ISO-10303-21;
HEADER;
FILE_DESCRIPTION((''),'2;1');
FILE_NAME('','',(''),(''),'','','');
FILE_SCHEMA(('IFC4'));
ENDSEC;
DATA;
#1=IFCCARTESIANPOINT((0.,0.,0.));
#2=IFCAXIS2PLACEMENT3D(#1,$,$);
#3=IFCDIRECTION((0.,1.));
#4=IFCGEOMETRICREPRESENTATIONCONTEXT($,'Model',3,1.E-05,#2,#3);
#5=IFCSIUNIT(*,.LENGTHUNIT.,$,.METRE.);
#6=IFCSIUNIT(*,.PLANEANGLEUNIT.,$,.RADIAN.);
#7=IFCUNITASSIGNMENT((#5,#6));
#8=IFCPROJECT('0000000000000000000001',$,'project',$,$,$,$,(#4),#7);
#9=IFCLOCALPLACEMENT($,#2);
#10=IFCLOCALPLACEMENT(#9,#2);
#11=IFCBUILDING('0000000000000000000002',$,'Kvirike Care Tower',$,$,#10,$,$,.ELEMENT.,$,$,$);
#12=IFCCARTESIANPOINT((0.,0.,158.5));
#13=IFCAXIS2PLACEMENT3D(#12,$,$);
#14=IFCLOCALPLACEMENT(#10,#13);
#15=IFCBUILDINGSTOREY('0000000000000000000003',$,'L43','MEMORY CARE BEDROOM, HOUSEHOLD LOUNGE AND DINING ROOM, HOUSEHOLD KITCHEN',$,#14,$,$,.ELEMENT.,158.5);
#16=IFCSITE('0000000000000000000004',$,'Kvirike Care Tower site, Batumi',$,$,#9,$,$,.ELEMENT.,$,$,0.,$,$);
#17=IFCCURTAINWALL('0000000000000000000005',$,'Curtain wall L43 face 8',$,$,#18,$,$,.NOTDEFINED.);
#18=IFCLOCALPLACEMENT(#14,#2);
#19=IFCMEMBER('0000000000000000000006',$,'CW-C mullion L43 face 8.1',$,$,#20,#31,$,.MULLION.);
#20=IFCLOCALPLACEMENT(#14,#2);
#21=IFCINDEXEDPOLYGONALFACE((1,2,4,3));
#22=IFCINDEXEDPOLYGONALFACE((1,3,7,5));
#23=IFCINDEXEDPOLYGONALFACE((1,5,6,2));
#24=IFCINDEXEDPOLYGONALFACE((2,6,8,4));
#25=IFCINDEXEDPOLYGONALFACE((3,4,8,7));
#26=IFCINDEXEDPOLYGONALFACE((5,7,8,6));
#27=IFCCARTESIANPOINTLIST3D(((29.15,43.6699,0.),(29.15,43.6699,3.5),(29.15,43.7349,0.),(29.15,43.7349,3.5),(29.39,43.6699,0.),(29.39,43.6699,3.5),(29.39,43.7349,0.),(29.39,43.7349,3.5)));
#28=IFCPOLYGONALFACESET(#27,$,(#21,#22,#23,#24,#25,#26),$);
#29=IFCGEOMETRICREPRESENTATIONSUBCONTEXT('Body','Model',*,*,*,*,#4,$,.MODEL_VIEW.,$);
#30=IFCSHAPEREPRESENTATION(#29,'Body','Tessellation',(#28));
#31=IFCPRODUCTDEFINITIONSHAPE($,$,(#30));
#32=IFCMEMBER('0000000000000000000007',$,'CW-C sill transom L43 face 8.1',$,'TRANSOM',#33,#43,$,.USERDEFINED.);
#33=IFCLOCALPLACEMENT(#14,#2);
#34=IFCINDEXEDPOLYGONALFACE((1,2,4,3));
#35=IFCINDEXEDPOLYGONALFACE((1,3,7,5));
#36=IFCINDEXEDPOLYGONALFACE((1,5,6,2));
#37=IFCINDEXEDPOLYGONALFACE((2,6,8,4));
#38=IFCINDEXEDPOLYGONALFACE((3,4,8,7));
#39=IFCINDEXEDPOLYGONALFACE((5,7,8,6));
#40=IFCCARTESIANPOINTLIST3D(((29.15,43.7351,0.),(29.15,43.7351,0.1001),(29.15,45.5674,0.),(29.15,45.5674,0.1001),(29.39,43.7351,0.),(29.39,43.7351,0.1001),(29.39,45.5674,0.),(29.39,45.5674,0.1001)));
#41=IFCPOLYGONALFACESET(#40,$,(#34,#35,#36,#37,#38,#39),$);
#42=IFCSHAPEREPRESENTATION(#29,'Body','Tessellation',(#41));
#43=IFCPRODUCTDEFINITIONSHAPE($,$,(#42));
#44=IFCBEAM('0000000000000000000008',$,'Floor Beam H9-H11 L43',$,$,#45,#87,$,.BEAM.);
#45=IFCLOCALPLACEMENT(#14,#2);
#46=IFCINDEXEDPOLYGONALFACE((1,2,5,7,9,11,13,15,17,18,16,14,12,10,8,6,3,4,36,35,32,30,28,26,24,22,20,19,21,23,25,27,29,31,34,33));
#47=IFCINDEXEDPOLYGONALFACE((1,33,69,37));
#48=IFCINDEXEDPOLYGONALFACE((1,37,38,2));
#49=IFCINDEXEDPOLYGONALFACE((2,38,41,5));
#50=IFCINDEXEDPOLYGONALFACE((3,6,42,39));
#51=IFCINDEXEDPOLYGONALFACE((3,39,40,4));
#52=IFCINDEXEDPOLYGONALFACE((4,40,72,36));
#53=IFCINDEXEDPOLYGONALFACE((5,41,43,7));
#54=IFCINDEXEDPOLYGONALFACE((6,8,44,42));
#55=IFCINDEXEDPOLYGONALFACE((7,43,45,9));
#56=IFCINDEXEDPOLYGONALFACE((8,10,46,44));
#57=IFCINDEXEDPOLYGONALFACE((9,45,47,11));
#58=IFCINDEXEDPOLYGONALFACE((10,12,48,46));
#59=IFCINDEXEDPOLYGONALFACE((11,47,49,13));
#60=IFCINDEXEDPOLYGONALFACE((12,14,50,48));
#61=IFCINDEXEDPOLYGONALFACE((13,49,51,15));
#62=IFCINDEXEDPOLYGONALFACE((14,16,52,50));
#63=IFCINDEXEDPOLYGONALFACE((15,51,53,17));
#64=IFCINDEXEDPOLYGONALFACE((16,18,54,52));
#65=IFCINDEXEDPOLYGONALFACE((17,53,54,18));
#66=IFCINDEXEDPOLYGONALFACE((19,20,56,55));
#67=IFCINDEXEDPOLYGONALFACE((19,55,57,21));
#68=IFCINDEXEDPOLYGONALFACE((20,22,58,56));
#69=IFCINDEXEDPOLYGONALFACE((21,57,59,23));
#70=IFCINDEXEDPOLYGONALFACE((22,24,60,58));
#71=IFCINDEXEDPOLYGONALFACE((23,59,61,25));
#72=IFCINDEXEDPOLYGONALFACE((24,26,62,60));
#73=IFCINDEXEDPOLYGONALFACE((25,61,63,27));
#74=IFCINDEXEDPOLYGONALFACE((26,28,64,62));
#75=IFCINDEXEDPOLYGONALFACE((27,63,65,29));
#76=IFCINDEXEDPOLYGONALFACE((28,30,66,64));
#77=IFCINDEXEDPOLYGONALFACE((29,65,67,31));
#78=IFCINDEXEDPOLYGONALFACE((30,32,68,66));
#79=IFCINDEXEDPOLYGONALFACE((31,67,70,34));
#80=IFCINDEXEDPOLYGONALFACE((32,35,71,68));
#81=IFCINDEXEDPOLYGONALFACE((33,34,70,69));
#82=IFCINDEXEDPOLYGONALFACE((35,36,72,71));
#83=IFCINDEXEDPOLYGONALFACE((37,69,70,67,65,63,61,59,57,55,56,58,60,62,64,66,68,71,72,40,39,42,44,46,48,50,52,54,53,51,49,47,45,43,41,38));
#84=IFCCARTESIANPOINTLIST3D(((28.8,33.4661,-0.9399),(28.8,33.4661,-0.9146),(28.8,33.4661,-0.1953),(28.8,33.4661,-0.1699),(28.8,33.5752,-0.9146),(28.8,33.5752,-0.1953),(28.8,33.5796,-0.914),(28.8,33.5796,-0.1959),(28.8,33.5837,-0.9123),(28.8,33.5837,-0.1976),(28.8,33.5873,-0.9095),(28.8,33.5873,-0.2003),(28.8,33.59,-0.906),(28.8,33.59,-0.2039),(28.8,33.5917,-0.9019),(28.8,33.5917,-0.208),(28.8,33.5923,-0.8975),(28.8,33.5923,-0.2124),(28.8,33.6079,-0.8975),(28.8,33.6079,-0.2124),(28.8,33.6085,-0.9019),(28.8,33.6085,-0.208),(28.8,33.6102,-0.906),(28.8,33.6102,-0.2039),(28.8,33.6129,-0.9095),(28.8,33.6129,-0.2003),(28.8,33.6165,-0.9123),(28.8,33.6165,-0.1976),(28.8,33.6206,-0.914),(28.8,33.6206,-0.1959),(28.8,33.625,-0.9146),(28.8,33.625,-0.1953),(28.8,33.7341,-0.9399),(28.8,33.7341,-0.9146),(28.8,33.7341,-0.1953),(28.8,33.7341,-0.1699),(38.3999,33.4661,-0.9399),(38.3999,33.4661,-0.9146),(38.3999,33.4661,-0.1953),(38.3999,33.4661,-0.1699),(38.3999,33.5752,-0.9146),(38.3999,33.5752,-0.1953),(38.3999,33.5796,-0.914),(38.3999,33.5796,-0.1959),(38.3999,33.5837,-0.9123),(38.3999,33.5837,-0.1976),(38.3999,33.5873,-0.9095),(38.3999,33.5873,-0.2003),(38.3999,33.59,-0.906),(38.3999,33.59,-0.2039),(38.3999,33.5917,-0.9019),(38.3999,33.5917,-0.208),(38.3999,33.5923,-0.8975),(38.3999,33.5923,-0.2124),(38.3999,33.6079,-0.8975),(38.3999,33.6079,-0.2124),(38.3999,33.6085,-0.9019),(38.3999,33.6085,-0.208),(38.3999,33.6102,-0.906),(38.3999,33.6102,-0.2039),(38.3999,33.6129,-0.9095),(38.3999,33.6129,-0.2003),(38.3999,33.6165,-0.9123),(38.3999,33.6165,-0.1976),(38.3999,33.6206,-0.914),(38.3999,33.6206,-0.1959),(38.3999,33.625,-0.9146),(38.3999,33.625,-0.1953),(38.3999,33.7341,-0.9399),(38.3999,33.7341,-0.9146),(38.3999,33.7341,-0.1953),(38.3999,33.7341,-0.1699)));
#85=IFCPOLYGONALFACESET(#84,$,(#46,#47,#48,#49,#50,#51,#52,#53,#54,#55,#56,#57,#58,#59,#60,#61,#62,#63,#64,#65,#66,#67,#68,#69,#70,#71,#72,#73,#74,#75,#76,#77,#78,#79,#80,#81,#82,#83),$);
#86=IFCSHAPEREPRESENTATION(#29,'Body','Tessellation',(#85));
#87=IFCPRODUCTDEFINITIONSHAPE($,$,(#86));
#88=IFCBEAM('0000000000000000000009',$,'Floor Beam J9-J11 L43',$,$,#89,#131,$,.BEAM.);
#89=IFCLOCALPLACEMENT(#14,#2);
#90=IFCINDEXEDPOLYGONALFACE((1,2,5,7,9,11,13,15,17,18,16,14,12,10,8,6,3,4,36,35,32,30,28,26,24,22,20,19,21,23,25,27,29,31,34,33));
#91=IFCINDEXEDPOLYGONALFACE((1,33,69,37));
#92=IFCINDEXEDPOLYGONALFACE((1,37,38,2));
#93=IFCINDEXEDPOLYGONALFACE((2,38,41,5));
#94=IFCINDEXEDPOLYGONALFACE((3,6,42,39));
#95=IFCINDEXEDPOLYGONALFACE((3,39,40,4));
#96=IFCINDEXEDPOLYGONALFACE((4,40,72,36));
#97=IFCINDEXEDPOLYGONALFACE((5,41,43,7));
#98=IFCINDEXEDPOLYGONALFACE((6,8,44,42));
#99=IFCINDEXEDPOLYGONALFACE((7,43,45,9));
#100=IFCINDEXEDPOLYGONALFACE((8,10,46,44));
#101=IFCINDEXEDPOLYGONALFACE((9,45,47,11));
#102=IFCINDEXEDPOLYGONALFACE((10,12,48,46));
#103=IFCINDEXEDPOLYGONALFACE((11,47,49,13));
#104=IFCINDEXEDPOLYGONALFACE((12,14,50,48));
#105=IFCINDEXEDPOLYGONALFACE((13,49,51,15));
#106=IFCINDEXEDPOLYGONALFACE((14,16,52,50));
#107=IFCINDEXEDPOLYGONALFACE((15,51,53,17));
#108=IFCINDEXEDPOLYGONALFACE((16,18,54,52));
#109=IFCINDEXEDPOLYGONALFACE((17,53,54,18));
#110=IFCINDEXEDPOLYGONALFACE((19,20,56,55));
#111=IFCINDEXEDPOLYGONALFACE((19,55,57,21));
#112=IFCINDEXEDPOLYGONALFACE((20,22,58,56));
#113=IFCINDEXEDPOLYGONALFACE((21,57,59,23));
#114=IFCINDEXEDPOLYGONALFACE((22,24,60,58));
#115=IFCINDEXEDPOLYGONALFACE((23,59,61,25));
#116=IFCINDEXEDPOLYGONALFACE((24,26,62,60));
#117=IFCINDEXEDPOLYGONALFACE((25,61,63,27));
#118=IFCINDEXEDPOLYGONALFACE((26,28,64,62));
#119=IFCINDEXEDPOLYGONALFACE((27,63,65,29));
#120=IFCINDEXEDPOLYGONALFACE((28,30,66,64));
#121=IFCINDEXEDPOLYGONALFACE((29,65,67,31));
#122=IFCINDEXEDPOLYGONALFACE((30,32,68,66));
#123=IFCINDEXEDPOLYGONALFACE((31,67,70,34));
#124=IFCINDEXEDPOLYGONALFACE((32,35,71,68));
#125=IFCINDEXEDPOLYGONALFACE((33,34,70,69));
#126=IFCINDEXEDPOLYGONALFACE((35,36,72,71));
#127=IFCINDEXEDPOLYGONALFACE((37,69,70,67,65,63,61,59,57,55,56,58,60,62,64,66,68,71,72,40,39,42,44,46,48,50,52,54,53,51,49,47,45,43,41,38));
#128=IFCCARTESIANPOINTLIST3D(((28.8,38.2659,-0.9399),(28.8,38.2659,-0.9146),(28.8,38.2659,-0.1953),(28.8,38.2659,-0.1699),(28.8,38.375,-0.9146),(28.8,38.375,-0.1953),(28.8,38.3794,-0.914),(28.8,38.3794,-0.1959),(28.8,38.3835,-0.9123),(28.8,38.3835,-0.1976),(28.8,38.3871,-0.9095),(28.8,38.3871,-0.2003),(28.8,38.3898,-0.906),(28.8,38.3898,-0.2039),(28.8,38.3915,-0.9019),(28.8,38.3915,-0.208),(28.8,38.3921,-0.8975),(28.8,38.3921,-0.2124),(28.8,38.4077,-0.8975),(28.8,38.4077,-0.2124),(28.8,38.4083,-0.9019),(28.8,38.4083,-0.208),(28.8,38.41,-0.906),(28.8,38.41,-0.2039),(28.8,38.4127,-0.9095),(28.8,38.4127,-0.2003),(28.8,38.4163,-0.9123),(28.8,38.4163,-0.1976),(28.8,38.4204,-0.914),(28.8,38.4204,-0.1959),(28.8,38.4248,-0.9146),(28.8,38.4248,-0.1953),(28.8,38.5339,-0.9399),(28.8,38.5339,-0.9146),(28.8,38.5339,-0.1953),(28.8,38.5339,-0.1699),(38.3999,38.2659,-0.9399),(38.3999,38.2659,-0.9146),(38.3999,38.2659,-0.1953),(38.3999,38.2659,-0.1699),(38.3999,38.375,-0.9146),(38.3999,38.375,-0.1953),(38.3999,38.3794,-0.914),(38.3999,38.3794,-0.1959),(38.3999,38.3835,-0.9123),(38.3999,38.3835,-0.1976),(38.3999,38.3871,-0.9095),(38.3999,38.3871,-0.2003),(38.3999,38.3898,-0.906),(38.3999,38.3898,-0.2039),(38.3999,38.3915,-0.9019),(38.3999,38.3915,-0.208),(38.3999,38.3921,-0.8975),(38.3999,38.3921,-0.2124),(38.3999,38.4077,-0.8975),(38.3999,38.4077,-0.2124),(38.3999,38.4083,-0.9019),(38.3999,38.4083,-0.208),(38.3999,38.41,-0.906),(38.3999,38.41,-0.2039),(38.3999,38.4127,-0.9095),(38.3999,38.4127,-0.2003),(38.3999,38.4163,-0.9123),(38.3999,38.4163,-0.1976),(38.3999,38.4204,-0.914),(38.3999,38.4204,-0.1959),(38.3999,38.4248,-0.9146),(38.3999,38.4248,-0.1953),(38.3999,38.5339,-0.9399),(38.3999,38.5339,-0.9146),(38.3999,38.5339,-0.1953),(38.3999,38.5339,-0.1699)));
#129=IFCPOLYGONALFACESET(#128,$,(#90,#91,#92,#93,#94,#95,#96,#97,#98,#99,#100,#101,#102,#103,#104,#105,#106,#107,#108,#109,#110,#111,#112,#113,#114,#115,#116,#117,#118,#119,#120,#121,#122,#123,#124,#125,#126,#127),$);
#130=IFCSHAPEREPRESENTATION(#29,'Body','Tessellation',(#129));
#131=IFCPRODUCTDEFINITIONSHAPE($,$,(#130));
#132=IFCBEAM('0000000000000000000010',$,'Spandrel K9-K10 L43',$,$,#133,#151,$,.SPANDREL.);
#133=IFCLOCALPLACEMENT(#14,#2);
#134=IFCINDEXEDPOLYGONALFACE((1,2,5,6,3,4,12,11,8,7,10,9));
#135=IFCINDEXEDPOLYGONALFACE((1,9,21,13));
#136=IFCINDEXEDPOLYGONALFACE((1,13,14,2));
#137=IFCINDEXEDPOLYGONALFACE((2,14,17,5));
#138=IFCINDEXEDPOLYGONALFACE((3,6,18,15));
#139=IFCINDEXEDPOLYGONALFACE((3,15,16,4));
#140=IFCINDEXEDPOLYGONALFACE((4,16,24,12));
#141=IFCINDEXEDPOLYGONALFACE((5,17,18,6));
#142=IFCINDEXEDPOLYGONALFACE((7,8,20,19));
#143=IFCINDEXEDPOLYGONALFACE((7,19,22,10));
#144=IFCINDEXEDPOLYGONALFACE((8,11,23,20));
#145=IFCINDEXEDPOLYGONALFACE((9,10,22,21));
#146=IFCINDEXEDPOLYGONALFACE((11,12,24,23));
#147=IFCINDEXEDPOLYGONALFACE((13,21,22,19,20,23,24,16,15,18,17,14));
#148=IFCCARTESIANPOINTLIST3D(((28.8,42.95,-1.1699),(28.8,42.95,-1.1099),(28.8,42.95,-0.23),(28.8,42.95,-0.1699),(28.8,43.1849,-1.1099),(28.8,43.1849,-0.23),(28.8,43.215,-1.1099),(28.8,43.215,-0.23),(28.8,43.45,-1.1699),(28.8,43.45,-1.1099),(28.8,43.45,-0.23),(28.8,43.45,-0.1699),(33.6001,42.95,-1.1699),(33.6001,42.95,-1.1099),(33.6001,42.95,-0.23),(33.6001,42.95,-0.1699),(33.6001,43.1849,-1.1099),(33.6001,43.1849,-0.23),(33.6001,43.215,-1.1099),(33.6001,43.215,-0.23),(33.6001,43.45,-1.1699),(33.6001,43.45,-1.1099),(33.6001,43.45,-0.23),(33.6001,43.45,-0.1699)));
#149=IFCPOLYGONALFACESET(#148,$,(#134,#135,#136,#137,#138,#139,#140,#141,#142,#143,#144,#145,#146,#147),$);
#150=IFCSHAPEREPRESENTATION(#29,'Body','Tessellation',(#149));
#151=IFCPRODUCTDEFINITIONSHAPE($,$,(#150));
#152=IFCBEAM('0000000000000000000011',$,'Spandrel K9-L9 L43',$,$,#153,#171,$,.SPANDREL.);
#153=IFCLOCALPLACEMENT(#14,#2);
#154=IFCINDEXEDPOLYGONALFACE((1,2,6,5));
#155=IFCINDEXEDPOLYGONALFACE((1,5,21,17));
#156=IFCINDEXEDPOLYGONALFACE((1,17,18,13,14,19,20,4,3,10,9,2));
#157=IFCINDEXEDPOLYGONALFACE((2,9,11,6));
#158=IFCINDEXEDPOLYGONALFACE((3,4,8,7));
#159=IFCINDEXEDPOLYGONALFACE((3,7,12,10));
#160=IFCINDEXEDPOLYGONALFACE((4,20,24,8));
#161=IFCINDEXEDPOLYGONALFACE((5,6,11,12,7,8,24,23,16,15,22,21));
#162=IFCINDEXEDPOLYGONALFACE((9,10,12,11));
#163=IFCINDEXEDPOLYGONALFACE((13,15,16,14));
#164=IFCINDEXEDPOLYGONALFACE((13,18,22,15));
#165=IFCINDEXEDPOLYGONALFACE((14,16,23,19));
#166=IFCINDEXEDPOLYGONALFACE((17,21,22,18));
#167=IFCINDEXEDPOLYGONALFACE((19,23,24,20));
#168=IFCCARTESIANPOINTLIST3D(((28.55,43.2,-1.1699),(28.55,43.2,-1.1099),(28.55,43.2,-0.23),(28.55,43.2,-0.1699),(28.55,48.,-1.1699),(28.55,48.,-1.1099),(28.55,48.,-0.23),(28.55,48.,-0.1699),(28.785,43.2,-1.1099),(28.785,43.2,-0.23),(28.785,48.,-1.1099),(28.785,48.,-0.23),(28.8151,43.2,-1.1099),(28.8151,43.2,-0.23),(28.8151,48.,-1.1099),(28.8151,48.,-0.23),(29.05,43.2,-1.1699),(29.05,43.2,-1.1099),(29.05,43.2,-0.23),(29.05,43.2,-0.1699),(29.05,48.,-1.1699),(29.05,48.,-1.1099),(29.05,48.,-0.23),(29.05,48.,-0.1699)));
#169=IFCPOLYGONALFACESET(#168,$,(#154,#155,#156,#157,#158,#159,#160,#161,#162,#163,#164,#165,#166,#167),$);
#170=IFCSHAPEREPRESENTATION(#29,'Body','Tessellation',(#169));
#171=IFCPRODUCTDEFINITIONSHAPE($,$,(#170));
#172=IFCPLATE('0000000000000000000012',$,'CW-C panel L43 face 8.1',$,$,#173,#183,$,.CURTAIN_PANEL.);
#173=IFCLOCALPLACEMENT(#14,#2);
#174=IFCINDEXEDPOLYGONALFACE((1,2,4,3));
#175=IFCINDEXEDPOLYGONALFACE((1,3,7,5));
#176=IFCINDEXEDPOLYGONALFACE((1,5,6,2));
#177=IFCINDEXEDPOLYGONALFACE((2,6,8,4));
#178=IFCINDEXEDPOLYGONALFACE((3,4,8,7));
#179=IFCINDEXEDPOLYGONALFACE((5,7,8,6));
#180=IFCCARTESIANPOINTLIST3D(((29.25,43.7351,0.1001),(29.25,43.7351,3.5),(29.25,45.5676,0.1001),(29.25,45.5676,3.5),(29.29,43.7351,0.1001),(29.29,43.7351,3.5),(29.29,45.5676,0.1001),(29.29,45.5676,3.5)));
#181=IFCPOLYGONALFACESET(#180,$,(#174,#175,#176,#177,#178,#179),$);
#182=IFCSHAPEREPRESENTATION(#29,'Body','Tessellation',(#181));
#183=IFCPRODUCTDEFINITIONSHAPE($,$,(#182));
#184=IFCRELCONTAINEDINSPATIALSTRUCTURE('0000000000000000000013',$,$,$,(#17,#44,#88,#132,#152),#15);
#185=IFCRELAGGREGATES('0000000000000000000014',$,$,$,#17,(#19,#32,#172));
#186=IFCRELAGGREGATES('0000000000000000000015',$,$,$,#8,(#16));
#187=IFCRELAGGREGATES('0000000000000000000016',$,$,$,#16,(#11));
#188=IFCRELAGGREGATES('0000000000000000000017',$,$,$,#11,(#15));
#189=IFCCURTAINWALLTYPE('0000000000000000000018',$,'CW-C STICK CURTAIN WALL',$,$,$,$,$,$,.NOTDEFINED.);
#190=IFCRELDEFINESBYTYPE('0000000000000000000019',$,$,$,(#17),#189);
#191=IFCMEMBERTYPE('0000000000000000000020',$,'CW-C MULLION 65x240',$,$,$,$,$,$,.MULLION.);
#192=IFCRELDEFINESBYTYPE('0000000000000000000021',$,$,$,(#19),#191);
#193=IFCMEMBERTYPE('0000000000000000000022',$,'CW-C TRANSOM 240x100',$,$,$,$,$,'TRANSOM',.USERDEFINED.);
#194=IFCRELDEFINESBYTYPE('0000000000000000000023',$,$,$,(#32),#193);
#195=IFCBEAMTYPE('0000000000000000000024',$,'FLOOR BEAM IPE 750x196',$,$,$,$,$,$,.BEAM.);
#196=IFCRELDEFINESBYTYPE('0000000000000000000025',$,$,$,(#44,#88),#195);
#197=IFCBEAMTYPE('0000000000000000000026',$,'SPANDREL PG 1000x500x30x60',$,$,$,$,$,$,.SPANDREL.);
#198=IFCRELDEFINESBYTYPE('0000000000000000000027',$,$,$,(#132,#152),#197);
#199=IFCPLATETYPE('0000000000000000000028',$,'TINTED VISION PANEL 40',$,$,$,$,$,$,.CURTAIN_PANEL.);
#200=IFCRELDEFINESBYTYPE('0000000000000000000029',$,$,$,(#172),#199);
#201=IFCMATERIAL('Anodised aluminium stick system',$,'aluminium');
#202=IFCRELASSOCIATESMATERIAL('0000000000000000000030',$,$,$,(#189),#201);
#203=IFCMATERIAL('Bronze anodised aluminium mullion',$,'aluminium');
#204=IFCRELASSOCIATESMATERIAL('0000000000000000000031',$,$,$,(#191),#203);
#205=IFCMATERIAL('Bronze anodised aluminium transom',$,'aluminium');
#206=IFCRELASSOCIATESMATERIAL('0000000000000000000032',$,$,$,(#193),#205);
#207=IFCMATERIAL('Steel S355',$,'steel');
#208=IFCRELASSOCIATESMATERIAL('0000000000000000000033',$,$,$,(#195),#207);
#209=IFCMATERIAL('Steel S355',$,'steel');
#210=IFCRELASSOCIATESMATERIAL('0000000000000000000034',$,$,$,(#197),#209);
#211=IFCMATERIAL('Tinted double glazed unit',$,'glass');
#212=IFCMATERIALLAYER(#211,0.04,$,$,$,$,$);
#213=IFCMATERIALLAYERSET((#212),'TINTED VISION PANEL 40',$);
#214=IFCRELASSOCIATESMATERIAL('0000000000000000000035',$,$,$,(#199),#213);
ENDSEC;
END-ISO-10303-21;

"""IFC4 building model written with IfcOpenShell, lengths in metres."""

from ifc_helpers import new_model, si_unit, direction, frame, origin, origin_2d, place, context, subcontext, project, spatial, rectangle, i_section, extrude, material, layer, layer_set, material_profile, profile_set, type_object, element, aggregate, save


model = new_model("IFC4")

# Units and contexts
model_context = context("Model", 3, precision=1e-05, world=origin(), true_north=direction((0.0, 1.0)))
body_context = subcontext(model_context, "Body", "Model", "MODEL_VIEW")
ifc_project = project(units=[si_unit("LENGTHUNIT", "METRE"), si_unit("PLANEANGLEUNIT", "RADIAN")], contexts=[model_context])

# Site, building, storey
site_placement = place(None, origin())
site = spatial("IfcSite", under=ifc_project, at=site_placement, Name="Kvirike Care Tower site, Batumi", CompositionType="ELEMENT", RefElevation=0.0)
building_placement = place(site_placement, origin())
building = spatial("IfcBuilding", under=site, at=building_placement, Name="Kvirike Care Tower", CompositionType="ELEMENT")
storey_placement = place(building_placement, frame((0.0, 0.0, 158.5)))
storey = spatial("IfcBuildingStorey", under=building, at=storey_placement, Name="L43", Description="MEMORY CARE BEDROOM, HOUSEHOLD LOUNGE AND DINING ROOM, HOUSEHOLD KITCHEN", CompositionType="ELEMENT", Elevation=158.5)

# Curtain wall, members
ifc_material_1 = material(Name="Anodised aluminium stick system", Category="aluminium")
curtain_wall_type = type_object("IfcCurtainWallType", Name="CW-C STICK CURTAIN WALL", PredefinedType="NOTDEFINED", material=ifc_material_1)
curtain_wall_placement = place(storey_placement, origin())
curtain_wall = element("IfcCurtainWall", 1, at=curtain_wall_placement, inside=storey, type_object=curtain_wall_type, Name="Curtain wall L43 face 8", PredefinedType="NOTDEFINED")
ifc_material_2 = material(Name="Bronze anodised aluminium mullion", Category="aluminium")
ifc_material_profile_1 = material_profile(ifc_material_2, rectangle(XDim=0.0649, YDim=0.24, at=origin_2d()), Name="CW-C MULLION 65x240")
ifc_profile_set_1 = profile_set([ifc_material_profile_1], Name="Bronze anodised aluminium mullion")
member_type_1 = type_object("IfcMemberType", Name="CW-C MULLION 65x240", PredefinedType="MULLION", material=ifc_profile_set_1)
member_1_placement = place(storey_placement, frame((29.27, 43.7024, 0.0), z_axis=(0.0, 0.0, 1.0), x_axis=(0.0, 1.0, 0.0)))
member_1 = element("IfcMember", 2, at=member_1_placement, type_object=member_type_1, Name="CW-C mullion L43 face 8.1", PredefinedType="MULLION", context=body_context, shape_type="SweptSolid", body=[
    extrude(rectangle(XDim=0.0649, YDim=0.24, at=origin_2d()), origin(), (0.0, 0.0, 1.0), 3.5),
])
ifc_material_3 = material(Name="Bronze anodised aluminium transom", Category="aluminium")
ifc_material_profile_2 = material_profile(ifc_material_3, rectangle(XDim=0.24, YDim=0.1001, at=origin_2d()), Name="CW-C TRANSOM 240x100")
ifc_profile_set_2 = profile_set([ifc_material_profile_2], Name="Bronze anodised aluminium transom")
member_type_2 = type_object("IfcMemberType", Name="CW-C TRANSOM 240x100", ElementType="TRANSOM", PredefinedType="USERDEFINED", material=ifc_profile_set_2)
member_2_placement = place(storey_placement, frame((29.27, 43.7351, 0.05), z_axis=(0.0, 1.0, 0.0), x_axis=(-1.0, 0.0, 0.0)))
member_2 = element("IfcMember", 3, at=member_2_placement, type_object=member_type_2, Name="CW-C sill transom L43 face 8.1", ObjectType="TRANSOM", PredefinedType="USERDEFINED", context=body_context, shape_type="SweptSolid", body=[
    extrude(rectangle(XDim=0.24, YDim=0.1001, at=origin_2d()), origin(), (0.0, 0.0, 1.0), 1.8323),
])

# Beams
ifc_material_4 = material(Name="Steel S355", Category="steel")
ifc_material_profile_3 = material_profile(ifc_material_4, i_section(OverallWidth=0.2681, OverallDepth=0.77, WebThickness=0.0156, FlangeThickness=0.0254, FilletRadius=0.0171, at=origin_2d()), Name="IPE 750x196")
ifc_profile_set_3 = profile_set([ifc_material_profile_3], Name="Steel S355")
beam_type_1 = type_object("IfcBeamType", Name="FLOOR BEAM IPE 750x196", PredefinedType="BEAM", material=ifc_profile_set_3)
for number, where, z_axis, x_axis, name in (
    (4, (28.8, 33.6001, -0.5549), (1.0, 0.0, 0.0), (0.0, 1.0, 0.0), "Floor Beam H9-H11 L43"),
    (5, (28.8, 38.3999, -0.5549), (1.0, 0.0, 0.0), (0.0, 1.0, 0.0), "Floor Beam J9-J11 L43"),
):
    element("IfcBeam", number, at=place(storey_placement, frame(where, z_axis=z_axis, x_axis=x_axis)), inside=storey, type_object=beam_type_1, Name=name, PredefinedType="BEAM", context=body_context, shape_type="SweptSolid", body=[
        extrude(i_section(OverallWidth=0.2681, OverallDepth=0.77, WebThickness=0.0156, FlangeThickness=0.0254, FilletRadius=0.0171, at=origin_2d()), origin(), (0.0, 0.0, 1.0), 9.5999),
    ])
ifc_material_5 = material(Name="Steel S355", Category="steel")
ifc_material_profile_4 = material_profile(ifc_material_5, i_section(OverallWidth=0.5, OverallDepth=1.0, WebThickness=0.03, FlangeThickness=0.0601, at=origin_2d()), Name="PG 1000x500x30x60")
ifc_profile_set_4 = profile_set([ifc_material_profile_4], Name="Steel S355")
beam_type_2 = type_object("IfcBeamType", Name="SPANDREL PG 1000x500x30x60", PredefinedType="SPANDREL", material=ifc_profile_set_4)
for number, where, z_axis, x_axis, name in (
    (6, (28.8, 43.2, -0.6699), (1.0, 0.0, 0.0), (0.0, 1.0, 0.0), "Spandrel K9-K10 L43"),
    (7, (28.8, 43.2, -0.6699), (0.0, 1.0, 0.0), (-1.0, 0.0, 0.0), "Spandrel K9-L9 L43"),
):
    element("IfcBeam", number, at=place(storey_placement, frame(where, z_axis=z_axis, x_axis=x_axis)), inside=storey, type_object=beam_type_2, Name=name, PredefinedType="SPANDREL", context=body_context, shape_type="SweptSolid", body=[
        extrude(i_section(OverallWidth=0.5, OverallDepth=1.0, WebThickness=0.03, FlangeThickness=0.0601, at=origin_2d()), origin(), (0.0, 0.0, 1.0), 4.8),
    ])

# Plate
ifc_material_6 = material(Name="Tinted double glazed unit", Category="glass")
ifc_layer_1 = layer(ifc_material_6, 0.04)
ifc_layer_set_1 = layer_set([ifc_layer_1], Name="TINTED VISION PANEL 40")
plate_type = type_object("IfcPlateType", Name="TINTED VISION PANEL 40", PredefinedType="CURTAIN_PANEL", material=ifc_layer_set_1)
plate_placement = place(storey_placement, frame((29.27, 44.6514, 0.1001), z_axis=(0.0, 0.0, 1.0), x_axis=(0.0, 1.0, 0.0)))
plate = element("IfcPlate", 8, at=plate_placement, type_object=plate_type, Name="CW-C panel L43 face 8.1", PredefinedType="CURTAIN_PANEL", context=body_context, shape_type="SweptSolid", body=[
    extrude(rectangle(XDim=1.8325, YDim=0.04, at=origin_2d()), origin(), (0.0, 0.0, 1.0), 3.3999),
])
aggregate(curtain_wall, [member_1, member_2, plate])

save(model, "model.ifc")
